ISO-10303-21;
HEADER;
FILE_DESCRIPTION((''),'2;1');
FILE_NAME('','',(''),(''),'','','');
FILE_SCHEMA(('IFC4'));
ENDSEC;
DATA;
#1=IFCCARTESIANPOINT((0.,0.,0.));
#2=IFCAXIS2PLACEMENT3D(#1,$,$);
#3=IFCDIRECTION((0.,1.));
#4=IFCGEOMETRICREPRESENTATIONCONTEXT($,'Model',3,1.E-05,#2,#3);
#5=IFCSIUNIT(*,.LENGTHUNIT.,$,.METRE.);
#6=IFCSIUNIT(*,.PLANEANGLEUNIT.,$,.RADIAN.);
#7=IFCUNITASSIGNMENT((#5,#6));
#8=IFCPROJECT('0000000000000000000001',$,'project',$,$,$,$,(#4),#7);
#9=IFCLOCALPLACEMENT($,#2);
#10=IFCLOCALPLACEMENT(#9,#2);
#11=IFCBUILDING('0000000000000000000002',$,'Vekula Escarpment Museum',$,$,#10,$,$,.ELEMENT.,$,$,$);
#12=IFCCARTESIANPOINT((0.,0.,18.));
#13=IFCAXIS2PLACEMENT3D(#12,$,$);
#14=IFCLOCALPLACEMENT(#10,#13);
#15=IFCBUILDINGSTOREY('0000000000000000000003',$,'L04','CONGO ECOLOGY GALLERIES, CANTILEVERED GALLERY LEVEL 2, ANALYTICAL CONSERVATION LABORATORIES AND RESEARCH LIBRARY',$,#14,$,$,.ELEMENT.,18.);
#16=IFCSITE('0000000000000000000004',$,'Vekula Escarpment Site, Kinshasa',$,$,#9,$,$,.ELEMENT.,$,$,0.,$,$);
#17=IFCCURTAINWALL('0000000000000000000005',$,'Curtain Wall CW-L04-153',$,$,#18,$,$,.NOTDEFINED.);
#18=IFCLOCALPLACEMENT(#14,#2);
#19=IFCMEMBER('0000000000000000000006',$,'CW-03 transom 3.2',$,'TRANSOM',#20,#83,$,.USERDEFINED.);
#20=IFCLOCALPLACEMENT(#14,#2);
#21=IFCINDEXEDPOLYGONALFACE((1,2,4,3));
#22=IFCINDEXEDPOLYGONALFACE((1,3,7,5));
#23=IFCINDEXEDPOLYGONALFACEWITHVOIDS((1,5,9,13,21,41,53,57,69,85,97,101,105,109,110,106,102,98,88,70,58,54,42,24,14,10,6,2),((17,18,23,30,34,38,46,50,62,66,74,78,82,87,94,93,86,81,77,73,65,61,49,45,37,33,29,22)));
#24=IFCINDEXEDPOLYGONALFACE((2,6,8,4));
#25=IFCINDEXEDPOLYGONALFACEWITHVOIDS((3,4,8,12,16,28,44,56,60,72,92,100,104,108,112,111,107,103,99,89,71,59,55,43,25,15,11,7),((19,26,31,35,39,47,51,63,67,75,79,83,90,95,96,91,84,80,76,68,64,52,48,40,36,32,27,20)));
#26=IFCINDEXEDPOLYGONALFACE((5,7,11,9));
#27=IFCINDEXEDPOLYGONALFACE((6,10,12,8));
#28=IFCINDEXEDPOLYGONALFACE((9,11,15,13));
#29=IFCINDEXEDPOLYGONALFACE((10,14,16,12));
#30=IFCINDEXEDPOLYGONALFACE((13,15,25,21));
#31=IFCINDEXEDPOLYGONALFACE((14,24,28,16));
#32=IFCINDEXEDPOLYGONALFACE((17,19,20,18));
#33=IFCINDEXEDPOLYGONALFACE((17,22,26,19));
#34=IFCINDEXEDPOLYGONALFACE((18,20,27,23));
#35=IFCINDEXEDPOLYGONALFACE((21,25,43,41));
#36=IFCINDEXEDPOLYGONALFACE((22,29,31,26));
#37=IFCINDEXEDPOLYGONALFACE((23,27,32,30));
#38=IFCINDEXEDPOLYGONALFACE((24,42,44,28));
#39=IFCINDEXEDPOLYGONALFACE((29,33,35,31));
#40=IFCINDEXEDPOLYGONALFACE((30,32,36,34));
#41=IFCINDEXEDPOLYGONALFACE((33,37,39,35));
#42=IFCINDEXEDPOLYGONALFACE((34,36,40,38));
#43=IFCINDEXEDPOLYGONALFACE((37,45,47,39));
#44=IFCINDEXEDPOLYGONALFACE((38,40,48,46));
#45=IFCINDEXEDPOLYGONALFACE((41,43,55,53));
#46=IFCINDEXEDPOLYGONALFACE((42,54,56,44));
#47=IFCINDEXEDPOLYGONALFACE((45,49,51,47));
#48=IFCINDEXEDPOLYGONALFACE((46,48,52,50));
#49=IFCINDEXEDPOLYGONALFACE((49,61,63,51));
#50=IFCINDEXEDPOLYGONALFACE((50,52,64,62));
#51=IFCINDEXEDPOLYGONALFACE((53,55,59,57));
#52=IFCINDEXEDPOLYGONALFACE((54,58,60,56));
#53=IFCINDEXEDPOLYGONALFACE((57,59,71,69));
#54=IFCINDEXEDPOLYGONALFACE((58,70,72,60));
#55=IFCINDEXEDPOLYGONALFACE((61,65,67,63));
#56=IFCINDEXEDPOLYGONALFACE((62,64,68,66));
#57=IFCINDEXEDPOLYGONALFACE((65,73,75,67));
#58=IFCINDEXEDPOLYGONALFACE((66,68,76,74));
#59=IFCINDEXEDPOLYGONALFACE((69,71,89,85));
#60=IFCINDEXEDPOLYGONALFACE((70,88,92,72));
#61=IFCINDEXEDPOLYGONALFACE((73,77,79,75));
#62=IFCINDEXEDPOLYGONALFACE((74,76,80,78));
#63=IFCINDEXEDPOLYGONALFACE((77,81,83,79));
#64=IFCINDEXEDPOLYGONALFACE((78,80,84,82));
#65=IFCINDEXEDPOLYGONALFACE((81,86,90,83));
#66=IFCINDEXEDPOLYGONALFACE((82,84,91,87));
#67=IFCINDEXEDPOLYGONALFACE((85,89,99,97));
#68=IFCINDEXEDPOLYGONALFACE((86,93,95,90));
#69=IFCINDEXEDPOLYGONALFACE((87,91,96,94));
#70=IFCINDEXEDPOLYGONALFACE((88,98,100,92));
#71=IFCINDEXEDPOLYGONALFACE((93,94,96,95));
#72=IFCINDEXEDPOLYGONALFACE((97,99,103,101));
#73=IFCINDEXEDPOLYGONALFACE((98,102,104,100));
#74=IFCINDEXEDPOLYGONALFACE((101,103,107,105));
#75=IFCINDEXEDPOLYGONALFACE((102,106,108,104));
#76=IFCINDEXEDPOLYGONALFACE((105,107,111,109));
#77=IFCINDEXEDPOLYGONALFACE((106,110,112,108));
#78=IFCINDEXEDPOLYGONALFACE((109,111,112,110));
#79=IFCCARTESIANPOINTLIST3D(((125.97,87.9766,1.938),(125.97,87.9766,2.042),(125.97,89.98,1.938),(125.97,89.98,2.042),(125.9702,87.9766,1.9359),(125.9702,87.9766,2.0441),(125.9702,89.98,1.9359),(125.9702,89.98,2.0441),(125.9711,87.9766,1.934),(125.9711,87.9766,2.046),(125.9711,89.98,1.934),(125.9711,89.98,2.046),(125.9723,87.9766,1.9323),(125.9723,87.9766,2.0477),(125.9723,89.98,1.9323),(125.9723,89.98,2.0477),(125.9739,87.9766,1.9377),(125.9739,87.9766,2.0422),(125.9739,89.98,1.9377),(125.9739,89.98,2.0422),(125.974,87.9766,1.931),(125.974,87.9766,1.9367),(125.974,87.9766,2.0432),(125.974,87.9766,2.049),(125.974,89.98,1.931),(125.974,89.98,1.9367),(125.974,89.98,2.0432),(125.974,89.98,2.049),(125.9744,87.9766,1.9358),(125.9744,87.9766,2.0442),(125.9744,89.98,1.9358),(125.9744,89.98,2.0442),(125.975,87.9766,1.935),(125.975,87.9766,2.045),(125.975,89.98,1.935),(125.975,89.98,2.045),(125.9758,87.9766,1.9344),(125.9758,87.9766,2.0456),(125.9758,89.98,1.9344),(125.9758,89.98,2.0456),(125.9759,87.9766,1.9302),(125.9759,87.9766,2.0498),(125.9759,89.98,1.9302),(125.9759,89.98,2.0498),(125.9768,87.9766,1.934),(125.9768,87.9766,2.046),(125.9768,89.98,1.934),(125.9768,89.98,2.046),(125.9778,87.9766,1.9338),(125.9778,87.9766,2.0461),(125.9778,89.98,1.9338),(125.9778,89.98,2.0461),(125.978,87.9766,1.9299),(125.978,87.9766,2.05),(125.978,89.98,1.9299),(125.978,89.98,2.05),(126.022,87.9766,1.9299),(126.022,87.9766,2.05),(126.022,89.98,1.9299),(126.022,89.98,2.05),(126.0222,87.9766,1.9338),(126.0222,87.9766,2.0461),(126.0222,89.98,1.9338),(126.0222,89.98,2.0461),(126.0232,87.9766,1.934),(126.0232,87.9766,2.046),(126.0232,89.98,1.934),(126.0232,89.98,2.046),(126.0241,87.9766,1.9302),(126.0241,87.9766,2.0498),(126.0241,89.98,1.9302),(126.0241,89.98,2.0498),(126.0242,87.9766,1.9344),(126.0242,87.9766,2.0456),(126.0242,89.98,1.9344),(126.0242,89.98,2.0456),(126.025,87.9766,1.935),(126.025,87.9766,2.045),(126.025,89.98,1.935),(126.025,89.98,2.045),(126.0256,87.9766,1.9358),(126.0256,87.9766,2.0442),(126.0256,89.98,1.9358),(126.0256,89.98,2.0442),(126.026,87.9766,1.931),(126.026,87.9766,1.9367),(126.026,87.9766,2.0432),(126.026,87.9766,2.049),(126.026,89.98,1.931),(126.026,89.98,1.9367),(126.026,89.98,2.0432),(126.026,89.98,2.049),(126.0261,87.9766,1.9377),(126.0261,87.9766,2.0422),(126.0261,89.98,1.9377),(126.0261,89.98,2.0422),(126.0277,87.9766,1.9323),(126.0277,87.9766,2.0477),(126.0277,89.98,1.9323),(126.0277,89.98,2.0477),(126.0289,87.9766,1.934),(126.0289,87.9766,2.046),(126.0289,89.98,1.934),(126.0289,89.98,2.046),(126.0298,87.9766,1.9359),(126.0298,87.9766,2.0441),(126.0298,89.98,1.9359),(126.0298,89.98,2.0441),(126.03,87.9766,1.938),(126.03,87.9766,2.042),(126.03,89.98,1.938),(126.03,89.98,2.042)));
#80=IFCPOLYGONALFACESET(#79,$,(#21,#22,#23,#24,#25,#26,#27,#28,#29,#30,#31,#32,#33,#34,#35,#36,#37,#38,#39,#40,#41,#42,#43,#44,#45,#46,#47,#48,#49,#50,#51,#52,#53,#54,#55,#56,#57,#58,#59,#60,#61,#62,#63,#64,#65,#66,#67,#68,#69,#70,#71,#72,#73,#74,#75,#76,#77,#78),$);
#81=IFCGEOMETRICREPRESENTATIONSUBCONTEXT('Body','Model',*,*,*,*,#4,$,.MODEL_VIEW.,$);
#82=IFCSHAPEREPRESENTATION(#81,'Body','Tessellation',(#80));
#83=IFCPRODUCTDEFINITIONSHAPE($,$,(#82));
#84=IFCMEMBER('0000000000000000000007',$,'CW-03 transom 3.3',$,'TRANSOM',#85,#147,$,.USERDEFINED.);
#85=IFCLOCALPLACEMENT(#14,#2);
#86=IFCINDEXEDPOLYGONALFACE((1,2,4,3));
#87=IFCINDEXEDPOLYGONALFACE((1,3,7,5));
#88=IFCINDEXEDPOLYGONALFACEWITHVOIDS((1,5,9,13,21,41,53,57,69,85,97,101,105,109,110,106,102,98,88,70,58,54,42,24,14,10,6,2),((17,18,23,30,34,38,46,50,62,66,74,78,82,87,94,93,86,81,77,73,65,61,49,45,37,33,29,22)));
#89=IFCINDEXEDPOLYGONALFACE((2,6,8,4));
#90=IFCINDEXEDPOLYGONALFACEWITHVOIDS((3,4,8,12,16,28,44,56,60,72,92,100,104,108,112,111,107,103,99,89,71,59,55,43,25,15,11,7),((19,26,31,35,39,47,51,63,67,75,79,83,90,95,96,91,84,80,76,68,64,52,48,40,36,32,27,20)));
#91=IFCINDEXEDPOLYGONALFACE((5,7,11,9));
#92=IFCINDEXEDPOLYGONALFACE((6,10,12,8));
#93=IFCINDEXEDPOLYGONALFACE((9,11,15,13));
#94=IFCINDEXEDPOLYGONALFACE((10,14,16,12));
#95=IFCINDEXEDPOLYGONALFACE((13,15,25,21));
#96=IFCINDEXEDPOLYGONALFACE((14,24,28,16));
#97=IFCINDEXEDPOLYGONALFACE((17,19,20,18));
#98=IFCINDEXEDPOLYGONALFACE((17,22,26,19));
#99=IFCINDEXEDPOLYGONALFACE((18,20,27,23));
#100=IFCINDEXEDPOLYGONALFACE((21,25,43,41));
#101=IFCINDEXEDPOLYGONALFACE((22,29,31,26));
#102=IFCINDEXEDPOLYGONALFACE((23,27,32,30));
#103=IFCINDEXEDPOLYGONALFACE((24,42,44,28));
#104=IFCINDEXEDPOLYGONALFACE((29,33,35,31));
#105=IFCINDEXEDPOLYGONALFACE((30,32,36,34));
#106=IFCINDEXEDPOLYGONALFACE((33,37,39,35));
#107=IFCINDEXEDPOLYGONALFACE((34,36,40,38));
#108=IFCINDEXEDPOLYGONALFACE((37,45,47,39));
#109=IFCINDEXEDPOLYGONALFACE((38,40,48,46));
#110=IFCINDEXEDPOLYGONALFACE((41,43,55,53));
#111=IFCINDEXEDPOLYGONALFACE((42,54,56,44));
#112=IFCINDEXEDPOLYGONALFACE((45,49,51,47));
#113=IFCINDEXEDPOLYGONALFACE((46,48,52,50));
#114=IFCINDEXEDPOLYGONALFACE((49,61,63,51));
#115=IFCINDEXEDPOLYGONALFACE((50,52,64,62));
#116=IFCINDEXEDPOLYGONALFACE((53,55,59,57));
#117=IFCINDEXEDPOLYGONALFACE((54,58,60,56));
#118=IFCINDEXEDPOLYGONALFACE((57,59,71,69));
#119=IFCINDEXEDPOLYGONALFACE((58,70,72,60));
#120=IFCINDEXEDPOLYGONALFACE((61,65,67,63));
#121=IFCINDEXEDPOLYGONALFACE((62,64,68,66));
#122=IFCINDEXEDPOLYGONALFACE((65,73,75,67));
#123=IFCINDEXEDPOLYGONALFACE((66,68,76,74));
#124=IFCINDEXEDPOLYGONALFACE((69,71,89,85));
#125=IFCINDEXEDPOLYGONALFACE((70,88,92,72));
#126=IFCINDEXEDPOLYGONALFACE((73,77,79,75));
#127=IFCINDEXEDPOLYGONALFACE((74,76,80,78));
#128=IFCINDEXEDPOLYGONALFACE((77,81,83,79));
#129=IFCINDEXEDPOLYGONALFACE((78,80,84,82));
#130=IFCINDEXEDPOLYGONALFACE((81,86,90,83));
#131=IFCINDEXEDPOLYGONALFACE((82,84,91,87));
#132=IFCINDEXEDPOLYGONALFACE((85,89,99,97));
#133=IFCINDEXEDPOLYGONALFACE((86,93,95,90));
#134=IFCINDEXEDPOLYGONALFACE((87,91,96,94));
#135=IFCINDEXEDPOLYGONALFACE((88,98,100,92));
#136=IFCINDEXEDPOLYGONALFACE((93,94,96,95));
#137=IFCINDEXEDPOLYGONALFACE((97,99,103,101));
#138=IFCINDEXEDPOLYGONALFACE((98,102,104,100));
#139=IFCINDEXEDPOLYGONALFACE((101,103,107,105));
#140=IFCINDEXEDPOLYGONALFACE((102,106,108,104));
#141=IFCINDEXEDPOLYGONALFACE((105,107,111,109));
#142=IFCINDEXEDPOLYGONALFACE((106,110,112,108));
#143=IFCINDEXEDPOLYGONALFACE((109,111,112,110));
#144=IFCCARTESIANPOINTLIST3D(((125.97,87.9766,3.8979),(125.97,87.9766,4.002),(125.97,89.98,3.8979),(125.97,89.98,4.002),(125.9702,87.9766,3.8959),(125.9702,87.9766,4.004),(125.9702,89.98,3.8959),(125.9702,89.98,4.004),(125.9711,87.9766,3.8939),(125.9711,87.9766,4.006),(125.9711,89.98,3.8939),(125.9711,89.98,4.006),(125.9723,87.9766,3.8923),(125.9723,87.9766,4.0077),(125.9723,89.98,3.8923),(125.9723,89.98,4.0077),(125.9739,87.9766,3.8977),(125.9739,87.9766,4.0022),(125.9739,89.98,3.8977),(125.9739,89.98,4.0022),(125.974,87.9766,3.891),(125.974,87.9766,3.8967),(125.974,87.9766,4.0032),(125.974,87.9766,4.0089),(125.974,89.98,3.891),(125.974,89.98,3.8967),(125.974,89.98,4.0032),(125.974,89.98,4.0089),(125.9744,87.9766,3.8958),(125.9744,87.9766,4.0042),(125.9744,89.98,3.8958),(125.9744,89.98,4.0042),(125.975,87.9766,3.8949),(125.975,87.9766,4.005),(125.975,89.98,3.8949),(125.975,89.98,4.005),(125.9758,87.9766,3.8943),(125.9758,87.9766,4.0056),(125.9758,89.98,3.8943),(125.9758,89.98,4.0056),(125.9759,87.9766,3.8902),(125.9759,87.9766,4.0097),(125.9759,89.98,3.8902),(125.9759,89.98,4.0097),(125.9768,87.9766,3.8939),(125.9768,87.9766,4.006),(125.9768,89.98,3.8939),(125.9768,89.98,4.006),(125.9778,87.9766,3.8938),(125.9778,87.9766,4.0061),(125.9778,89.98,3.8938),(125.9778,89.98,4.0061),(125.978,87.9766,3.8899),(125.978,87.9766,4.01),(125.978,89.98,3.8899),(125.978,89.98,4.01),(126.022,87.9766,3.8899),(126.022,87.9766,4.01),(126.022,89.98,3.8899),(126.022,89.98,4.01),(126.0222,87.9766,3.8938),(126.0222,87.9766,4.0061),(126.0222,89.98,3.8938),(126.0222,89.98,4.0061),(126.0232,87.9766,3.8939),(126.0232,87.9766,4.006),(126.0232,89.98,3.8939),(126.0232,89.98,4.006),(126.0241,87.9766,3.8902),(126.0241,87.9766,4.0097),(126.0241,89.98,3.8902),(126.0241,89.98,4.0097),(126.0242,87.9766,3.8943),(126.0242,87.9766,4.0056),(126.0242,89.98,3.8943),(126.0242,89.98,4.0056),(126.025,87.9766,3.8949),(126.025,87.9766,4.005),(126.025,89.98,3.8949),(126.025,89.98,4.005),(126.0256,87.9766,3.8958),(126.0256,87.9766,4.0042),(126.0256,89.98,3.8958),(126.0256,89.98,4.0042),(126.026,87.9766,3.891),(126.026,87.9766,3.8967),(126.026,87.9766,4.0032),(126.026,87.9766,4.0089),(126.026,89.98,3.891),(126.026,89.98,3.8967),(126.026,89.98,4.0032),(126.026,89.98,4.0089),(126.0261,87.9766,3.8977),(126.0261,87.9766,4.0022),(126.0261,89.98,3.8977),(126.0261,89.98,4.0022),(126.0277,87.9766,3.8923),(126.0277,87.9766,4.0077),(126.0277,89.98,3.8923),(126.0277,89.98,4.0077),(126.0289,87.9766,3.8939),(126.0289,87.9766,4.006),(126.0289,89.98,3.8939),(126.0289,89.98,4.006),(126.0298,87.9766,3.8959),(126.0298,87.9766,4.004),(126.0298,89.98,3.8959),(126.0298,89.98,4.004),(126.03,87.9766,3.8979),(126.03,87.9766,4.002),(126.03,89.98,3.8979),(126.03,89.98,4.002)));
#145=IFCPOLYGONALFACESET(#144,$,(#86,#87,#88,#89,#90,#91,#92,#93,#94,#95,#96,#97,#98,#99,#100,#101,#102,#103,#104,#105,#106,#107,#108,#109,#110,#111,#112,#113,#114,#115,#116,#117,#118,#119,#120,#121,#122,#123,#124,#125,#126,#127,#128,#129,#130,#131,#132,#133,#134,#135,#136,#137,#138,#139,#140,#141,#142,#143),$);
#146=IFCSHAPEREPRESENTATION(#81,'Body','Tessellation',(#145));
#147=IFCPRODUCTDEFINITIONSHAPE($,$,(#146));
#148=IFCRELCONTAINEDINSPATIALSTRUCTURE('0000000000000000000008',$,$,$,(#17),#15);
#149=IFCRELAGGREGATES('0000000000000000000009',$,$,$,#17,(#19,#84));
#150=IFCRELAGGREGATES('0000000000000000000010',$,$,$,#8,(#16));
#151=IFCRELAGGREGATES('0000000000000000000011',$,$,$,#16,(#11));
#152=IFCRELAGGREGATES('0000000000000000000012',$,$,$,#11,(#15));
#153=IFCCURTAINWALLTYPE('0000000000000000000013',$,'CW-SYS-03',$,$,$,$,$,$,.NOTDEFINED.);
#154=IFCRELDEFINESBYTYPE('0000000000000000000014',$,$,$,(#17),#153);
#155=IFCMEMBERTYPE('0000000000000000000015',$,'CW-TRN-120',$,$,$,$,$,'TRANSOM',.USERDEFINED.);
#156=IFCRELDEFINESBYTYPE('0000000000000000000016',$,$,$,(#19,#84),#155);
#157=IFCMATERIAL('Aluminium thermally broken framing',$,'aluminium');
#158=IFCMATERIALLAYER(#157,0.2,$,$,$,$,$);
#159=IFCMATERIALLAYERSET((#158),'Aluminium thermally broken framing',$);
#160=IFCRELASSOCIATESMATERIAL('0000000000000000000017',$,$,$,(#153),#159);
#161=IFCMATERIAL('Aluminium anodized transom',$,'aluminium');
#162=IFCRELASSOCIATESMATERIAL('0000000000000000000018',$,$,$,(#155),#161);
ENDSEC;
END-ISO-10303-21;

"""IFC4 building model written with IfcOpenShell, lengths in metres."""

from ifc_helpers import new_model, si_unit, direction, frame, origin, origin_2d, place, context, subcontext, project, spatial, hollow_rectangle, extrude, material, layer, layer_set, material_profile, profile_set, type_object, element, aggregate, save


model = new_model("IFC4")

# Units and contexts
model_context = context("Model", 3, precision=1e-05, world=origin(), true_north=direction((0.0, 1.0)))
body_context = subcontext(model_context, "Body", "Model", "MODEL_VIEW")
ifc_project = project(units=[si_unit("LENGTHUNIT", "METRE"), si_unit("PLANEANGLEUNIT", "RADIAN")], contexts=[model_context])

# Site, building, storey
site_placement = place(None, origin())
site = spatial("IfcSite", under=ifc_project, at=site_placement, Name="Vekula Escarpment Site, Kinshasa", CompositionType="ELEMENT", RefElevation=0.0)
building_placement = place(site_placement, origin())
building = spatial("IfcBuilding", under=site, at=building_placement, Name="Vekula Escarpment Museum", CompositionType="ELEMENT")
storey_placement = place(building_placement, frame((0.0, 0.0, 18.0)))
storey = spatial("IfcBuildingStorey", under=building, at=storey_placement, Name="L04", Description="CONGO ECOLOGY GALLERIES, CANTILEVERED GALLERY LEVEL 2, ANALYTICAL CONSERVATION LABORATORIES AND RESEARCH LIBRARY", CompositionType="ELEMENT", Elevation=18.0)

# Curtain wall
ifc_material_1 = material(Name="Aluminium thermally broken framing", Category="aluminium")
ifc_layer_1 = layer(ifc_material_1, 0.2)
ifc_layer_set_1 = layer_set([ifc_layer_1], Name="Aluminium thermally broken framing")
curtain_wall_type_1 = type_object("IfcCurtainWallType", Name="CW-SYS-03", PredefinedType="NOTDEFINED", material=ifc_layer_set_1)
curtain_wall_1_placement = place(storey_placement, origin())
curtain_wall_1 = element("IfcCurtainWall", 1, at=curtain_wall_1_placement, inside=storey, type_object=curtain_wall_type_1, Name="Curtain Wall CW-L04-153", PredefinedType="NOTDEFINED")

# Members
ifc_material_2 = material(Name="Aluminium anodized transom", Category="aluminium")
ifc_material_profile_1 = material_profile(ifc_material_2, hollow_rectangle(XDim=0.0601, YDim=0.1201, WallThickness=0.0039, InnerFilletRadius=0.0039, OuterFilletRadius=0.0081, at=origin_2d()), Name="ALU 120x60x4")
ifc_profile_set_1 = profile_set([ifc_material_profile_1], Name="Aluminium anodized transom")
member_type_1 = type_object("IfcMemberType", Name="CW-TRN-120", ElementType="TRANSOM", PredefinedType="USERDEFINED", material=ifc_profile_set_1)
member_1_placement = place(storey_placement, frame((126.0, 87.9766, 1.99), z_axis=(0.0, 1.0, 0.0), x_axis=(-1.0, 0.0, 0.0)))
member_1 = element("IfcMember", 2, at=member_1_placement, type_object=member_type_1, Name="CW-03 transom 3.2", ObjectType="TRANSOM", PredefinedType="USERDEFINED", context=body_context, shape_type="SweptSolid", body=[
    extrude(hollow_rectangle(XDim=0.0601, YDim=0.1201, WallThickness=0.0039, InnerFilletRadius=0.0039, OuterFilletRadius=0.0081, at=origin_2d()), origin(), (0.0, 0.0, 1.0), 2.0034),
])
member_2_placement = place(storey_placement, frame((126.0, 87.9766, 3.95), z_axis=(0.0, 1.0, 0.0), x_axis=(-1.0, 0.0, 0.0)))
member_2 = element("IfcMember", 3, at=member_2_placement, type_object=member_type_1, Name="CW-03 transom 3.3", ObjectType="TRANSOM", PredefinedType="USERDEFINED", context=body_context, shape_type="SweptSolid", body=[
    extrude(hollow_rectangle(XDim=0.0601, YDim=0.1201, WallThickness=0.0039, InnerFilletRadius=0.0039, OuterFilletRadius=0.0081, at=origin_2d()), origin(), (0.0, 0.0, 1.0), 2.0034),
])

aggregate(curtain_wall_1, [member_1, member_2])

save(model, "model.ifc")
